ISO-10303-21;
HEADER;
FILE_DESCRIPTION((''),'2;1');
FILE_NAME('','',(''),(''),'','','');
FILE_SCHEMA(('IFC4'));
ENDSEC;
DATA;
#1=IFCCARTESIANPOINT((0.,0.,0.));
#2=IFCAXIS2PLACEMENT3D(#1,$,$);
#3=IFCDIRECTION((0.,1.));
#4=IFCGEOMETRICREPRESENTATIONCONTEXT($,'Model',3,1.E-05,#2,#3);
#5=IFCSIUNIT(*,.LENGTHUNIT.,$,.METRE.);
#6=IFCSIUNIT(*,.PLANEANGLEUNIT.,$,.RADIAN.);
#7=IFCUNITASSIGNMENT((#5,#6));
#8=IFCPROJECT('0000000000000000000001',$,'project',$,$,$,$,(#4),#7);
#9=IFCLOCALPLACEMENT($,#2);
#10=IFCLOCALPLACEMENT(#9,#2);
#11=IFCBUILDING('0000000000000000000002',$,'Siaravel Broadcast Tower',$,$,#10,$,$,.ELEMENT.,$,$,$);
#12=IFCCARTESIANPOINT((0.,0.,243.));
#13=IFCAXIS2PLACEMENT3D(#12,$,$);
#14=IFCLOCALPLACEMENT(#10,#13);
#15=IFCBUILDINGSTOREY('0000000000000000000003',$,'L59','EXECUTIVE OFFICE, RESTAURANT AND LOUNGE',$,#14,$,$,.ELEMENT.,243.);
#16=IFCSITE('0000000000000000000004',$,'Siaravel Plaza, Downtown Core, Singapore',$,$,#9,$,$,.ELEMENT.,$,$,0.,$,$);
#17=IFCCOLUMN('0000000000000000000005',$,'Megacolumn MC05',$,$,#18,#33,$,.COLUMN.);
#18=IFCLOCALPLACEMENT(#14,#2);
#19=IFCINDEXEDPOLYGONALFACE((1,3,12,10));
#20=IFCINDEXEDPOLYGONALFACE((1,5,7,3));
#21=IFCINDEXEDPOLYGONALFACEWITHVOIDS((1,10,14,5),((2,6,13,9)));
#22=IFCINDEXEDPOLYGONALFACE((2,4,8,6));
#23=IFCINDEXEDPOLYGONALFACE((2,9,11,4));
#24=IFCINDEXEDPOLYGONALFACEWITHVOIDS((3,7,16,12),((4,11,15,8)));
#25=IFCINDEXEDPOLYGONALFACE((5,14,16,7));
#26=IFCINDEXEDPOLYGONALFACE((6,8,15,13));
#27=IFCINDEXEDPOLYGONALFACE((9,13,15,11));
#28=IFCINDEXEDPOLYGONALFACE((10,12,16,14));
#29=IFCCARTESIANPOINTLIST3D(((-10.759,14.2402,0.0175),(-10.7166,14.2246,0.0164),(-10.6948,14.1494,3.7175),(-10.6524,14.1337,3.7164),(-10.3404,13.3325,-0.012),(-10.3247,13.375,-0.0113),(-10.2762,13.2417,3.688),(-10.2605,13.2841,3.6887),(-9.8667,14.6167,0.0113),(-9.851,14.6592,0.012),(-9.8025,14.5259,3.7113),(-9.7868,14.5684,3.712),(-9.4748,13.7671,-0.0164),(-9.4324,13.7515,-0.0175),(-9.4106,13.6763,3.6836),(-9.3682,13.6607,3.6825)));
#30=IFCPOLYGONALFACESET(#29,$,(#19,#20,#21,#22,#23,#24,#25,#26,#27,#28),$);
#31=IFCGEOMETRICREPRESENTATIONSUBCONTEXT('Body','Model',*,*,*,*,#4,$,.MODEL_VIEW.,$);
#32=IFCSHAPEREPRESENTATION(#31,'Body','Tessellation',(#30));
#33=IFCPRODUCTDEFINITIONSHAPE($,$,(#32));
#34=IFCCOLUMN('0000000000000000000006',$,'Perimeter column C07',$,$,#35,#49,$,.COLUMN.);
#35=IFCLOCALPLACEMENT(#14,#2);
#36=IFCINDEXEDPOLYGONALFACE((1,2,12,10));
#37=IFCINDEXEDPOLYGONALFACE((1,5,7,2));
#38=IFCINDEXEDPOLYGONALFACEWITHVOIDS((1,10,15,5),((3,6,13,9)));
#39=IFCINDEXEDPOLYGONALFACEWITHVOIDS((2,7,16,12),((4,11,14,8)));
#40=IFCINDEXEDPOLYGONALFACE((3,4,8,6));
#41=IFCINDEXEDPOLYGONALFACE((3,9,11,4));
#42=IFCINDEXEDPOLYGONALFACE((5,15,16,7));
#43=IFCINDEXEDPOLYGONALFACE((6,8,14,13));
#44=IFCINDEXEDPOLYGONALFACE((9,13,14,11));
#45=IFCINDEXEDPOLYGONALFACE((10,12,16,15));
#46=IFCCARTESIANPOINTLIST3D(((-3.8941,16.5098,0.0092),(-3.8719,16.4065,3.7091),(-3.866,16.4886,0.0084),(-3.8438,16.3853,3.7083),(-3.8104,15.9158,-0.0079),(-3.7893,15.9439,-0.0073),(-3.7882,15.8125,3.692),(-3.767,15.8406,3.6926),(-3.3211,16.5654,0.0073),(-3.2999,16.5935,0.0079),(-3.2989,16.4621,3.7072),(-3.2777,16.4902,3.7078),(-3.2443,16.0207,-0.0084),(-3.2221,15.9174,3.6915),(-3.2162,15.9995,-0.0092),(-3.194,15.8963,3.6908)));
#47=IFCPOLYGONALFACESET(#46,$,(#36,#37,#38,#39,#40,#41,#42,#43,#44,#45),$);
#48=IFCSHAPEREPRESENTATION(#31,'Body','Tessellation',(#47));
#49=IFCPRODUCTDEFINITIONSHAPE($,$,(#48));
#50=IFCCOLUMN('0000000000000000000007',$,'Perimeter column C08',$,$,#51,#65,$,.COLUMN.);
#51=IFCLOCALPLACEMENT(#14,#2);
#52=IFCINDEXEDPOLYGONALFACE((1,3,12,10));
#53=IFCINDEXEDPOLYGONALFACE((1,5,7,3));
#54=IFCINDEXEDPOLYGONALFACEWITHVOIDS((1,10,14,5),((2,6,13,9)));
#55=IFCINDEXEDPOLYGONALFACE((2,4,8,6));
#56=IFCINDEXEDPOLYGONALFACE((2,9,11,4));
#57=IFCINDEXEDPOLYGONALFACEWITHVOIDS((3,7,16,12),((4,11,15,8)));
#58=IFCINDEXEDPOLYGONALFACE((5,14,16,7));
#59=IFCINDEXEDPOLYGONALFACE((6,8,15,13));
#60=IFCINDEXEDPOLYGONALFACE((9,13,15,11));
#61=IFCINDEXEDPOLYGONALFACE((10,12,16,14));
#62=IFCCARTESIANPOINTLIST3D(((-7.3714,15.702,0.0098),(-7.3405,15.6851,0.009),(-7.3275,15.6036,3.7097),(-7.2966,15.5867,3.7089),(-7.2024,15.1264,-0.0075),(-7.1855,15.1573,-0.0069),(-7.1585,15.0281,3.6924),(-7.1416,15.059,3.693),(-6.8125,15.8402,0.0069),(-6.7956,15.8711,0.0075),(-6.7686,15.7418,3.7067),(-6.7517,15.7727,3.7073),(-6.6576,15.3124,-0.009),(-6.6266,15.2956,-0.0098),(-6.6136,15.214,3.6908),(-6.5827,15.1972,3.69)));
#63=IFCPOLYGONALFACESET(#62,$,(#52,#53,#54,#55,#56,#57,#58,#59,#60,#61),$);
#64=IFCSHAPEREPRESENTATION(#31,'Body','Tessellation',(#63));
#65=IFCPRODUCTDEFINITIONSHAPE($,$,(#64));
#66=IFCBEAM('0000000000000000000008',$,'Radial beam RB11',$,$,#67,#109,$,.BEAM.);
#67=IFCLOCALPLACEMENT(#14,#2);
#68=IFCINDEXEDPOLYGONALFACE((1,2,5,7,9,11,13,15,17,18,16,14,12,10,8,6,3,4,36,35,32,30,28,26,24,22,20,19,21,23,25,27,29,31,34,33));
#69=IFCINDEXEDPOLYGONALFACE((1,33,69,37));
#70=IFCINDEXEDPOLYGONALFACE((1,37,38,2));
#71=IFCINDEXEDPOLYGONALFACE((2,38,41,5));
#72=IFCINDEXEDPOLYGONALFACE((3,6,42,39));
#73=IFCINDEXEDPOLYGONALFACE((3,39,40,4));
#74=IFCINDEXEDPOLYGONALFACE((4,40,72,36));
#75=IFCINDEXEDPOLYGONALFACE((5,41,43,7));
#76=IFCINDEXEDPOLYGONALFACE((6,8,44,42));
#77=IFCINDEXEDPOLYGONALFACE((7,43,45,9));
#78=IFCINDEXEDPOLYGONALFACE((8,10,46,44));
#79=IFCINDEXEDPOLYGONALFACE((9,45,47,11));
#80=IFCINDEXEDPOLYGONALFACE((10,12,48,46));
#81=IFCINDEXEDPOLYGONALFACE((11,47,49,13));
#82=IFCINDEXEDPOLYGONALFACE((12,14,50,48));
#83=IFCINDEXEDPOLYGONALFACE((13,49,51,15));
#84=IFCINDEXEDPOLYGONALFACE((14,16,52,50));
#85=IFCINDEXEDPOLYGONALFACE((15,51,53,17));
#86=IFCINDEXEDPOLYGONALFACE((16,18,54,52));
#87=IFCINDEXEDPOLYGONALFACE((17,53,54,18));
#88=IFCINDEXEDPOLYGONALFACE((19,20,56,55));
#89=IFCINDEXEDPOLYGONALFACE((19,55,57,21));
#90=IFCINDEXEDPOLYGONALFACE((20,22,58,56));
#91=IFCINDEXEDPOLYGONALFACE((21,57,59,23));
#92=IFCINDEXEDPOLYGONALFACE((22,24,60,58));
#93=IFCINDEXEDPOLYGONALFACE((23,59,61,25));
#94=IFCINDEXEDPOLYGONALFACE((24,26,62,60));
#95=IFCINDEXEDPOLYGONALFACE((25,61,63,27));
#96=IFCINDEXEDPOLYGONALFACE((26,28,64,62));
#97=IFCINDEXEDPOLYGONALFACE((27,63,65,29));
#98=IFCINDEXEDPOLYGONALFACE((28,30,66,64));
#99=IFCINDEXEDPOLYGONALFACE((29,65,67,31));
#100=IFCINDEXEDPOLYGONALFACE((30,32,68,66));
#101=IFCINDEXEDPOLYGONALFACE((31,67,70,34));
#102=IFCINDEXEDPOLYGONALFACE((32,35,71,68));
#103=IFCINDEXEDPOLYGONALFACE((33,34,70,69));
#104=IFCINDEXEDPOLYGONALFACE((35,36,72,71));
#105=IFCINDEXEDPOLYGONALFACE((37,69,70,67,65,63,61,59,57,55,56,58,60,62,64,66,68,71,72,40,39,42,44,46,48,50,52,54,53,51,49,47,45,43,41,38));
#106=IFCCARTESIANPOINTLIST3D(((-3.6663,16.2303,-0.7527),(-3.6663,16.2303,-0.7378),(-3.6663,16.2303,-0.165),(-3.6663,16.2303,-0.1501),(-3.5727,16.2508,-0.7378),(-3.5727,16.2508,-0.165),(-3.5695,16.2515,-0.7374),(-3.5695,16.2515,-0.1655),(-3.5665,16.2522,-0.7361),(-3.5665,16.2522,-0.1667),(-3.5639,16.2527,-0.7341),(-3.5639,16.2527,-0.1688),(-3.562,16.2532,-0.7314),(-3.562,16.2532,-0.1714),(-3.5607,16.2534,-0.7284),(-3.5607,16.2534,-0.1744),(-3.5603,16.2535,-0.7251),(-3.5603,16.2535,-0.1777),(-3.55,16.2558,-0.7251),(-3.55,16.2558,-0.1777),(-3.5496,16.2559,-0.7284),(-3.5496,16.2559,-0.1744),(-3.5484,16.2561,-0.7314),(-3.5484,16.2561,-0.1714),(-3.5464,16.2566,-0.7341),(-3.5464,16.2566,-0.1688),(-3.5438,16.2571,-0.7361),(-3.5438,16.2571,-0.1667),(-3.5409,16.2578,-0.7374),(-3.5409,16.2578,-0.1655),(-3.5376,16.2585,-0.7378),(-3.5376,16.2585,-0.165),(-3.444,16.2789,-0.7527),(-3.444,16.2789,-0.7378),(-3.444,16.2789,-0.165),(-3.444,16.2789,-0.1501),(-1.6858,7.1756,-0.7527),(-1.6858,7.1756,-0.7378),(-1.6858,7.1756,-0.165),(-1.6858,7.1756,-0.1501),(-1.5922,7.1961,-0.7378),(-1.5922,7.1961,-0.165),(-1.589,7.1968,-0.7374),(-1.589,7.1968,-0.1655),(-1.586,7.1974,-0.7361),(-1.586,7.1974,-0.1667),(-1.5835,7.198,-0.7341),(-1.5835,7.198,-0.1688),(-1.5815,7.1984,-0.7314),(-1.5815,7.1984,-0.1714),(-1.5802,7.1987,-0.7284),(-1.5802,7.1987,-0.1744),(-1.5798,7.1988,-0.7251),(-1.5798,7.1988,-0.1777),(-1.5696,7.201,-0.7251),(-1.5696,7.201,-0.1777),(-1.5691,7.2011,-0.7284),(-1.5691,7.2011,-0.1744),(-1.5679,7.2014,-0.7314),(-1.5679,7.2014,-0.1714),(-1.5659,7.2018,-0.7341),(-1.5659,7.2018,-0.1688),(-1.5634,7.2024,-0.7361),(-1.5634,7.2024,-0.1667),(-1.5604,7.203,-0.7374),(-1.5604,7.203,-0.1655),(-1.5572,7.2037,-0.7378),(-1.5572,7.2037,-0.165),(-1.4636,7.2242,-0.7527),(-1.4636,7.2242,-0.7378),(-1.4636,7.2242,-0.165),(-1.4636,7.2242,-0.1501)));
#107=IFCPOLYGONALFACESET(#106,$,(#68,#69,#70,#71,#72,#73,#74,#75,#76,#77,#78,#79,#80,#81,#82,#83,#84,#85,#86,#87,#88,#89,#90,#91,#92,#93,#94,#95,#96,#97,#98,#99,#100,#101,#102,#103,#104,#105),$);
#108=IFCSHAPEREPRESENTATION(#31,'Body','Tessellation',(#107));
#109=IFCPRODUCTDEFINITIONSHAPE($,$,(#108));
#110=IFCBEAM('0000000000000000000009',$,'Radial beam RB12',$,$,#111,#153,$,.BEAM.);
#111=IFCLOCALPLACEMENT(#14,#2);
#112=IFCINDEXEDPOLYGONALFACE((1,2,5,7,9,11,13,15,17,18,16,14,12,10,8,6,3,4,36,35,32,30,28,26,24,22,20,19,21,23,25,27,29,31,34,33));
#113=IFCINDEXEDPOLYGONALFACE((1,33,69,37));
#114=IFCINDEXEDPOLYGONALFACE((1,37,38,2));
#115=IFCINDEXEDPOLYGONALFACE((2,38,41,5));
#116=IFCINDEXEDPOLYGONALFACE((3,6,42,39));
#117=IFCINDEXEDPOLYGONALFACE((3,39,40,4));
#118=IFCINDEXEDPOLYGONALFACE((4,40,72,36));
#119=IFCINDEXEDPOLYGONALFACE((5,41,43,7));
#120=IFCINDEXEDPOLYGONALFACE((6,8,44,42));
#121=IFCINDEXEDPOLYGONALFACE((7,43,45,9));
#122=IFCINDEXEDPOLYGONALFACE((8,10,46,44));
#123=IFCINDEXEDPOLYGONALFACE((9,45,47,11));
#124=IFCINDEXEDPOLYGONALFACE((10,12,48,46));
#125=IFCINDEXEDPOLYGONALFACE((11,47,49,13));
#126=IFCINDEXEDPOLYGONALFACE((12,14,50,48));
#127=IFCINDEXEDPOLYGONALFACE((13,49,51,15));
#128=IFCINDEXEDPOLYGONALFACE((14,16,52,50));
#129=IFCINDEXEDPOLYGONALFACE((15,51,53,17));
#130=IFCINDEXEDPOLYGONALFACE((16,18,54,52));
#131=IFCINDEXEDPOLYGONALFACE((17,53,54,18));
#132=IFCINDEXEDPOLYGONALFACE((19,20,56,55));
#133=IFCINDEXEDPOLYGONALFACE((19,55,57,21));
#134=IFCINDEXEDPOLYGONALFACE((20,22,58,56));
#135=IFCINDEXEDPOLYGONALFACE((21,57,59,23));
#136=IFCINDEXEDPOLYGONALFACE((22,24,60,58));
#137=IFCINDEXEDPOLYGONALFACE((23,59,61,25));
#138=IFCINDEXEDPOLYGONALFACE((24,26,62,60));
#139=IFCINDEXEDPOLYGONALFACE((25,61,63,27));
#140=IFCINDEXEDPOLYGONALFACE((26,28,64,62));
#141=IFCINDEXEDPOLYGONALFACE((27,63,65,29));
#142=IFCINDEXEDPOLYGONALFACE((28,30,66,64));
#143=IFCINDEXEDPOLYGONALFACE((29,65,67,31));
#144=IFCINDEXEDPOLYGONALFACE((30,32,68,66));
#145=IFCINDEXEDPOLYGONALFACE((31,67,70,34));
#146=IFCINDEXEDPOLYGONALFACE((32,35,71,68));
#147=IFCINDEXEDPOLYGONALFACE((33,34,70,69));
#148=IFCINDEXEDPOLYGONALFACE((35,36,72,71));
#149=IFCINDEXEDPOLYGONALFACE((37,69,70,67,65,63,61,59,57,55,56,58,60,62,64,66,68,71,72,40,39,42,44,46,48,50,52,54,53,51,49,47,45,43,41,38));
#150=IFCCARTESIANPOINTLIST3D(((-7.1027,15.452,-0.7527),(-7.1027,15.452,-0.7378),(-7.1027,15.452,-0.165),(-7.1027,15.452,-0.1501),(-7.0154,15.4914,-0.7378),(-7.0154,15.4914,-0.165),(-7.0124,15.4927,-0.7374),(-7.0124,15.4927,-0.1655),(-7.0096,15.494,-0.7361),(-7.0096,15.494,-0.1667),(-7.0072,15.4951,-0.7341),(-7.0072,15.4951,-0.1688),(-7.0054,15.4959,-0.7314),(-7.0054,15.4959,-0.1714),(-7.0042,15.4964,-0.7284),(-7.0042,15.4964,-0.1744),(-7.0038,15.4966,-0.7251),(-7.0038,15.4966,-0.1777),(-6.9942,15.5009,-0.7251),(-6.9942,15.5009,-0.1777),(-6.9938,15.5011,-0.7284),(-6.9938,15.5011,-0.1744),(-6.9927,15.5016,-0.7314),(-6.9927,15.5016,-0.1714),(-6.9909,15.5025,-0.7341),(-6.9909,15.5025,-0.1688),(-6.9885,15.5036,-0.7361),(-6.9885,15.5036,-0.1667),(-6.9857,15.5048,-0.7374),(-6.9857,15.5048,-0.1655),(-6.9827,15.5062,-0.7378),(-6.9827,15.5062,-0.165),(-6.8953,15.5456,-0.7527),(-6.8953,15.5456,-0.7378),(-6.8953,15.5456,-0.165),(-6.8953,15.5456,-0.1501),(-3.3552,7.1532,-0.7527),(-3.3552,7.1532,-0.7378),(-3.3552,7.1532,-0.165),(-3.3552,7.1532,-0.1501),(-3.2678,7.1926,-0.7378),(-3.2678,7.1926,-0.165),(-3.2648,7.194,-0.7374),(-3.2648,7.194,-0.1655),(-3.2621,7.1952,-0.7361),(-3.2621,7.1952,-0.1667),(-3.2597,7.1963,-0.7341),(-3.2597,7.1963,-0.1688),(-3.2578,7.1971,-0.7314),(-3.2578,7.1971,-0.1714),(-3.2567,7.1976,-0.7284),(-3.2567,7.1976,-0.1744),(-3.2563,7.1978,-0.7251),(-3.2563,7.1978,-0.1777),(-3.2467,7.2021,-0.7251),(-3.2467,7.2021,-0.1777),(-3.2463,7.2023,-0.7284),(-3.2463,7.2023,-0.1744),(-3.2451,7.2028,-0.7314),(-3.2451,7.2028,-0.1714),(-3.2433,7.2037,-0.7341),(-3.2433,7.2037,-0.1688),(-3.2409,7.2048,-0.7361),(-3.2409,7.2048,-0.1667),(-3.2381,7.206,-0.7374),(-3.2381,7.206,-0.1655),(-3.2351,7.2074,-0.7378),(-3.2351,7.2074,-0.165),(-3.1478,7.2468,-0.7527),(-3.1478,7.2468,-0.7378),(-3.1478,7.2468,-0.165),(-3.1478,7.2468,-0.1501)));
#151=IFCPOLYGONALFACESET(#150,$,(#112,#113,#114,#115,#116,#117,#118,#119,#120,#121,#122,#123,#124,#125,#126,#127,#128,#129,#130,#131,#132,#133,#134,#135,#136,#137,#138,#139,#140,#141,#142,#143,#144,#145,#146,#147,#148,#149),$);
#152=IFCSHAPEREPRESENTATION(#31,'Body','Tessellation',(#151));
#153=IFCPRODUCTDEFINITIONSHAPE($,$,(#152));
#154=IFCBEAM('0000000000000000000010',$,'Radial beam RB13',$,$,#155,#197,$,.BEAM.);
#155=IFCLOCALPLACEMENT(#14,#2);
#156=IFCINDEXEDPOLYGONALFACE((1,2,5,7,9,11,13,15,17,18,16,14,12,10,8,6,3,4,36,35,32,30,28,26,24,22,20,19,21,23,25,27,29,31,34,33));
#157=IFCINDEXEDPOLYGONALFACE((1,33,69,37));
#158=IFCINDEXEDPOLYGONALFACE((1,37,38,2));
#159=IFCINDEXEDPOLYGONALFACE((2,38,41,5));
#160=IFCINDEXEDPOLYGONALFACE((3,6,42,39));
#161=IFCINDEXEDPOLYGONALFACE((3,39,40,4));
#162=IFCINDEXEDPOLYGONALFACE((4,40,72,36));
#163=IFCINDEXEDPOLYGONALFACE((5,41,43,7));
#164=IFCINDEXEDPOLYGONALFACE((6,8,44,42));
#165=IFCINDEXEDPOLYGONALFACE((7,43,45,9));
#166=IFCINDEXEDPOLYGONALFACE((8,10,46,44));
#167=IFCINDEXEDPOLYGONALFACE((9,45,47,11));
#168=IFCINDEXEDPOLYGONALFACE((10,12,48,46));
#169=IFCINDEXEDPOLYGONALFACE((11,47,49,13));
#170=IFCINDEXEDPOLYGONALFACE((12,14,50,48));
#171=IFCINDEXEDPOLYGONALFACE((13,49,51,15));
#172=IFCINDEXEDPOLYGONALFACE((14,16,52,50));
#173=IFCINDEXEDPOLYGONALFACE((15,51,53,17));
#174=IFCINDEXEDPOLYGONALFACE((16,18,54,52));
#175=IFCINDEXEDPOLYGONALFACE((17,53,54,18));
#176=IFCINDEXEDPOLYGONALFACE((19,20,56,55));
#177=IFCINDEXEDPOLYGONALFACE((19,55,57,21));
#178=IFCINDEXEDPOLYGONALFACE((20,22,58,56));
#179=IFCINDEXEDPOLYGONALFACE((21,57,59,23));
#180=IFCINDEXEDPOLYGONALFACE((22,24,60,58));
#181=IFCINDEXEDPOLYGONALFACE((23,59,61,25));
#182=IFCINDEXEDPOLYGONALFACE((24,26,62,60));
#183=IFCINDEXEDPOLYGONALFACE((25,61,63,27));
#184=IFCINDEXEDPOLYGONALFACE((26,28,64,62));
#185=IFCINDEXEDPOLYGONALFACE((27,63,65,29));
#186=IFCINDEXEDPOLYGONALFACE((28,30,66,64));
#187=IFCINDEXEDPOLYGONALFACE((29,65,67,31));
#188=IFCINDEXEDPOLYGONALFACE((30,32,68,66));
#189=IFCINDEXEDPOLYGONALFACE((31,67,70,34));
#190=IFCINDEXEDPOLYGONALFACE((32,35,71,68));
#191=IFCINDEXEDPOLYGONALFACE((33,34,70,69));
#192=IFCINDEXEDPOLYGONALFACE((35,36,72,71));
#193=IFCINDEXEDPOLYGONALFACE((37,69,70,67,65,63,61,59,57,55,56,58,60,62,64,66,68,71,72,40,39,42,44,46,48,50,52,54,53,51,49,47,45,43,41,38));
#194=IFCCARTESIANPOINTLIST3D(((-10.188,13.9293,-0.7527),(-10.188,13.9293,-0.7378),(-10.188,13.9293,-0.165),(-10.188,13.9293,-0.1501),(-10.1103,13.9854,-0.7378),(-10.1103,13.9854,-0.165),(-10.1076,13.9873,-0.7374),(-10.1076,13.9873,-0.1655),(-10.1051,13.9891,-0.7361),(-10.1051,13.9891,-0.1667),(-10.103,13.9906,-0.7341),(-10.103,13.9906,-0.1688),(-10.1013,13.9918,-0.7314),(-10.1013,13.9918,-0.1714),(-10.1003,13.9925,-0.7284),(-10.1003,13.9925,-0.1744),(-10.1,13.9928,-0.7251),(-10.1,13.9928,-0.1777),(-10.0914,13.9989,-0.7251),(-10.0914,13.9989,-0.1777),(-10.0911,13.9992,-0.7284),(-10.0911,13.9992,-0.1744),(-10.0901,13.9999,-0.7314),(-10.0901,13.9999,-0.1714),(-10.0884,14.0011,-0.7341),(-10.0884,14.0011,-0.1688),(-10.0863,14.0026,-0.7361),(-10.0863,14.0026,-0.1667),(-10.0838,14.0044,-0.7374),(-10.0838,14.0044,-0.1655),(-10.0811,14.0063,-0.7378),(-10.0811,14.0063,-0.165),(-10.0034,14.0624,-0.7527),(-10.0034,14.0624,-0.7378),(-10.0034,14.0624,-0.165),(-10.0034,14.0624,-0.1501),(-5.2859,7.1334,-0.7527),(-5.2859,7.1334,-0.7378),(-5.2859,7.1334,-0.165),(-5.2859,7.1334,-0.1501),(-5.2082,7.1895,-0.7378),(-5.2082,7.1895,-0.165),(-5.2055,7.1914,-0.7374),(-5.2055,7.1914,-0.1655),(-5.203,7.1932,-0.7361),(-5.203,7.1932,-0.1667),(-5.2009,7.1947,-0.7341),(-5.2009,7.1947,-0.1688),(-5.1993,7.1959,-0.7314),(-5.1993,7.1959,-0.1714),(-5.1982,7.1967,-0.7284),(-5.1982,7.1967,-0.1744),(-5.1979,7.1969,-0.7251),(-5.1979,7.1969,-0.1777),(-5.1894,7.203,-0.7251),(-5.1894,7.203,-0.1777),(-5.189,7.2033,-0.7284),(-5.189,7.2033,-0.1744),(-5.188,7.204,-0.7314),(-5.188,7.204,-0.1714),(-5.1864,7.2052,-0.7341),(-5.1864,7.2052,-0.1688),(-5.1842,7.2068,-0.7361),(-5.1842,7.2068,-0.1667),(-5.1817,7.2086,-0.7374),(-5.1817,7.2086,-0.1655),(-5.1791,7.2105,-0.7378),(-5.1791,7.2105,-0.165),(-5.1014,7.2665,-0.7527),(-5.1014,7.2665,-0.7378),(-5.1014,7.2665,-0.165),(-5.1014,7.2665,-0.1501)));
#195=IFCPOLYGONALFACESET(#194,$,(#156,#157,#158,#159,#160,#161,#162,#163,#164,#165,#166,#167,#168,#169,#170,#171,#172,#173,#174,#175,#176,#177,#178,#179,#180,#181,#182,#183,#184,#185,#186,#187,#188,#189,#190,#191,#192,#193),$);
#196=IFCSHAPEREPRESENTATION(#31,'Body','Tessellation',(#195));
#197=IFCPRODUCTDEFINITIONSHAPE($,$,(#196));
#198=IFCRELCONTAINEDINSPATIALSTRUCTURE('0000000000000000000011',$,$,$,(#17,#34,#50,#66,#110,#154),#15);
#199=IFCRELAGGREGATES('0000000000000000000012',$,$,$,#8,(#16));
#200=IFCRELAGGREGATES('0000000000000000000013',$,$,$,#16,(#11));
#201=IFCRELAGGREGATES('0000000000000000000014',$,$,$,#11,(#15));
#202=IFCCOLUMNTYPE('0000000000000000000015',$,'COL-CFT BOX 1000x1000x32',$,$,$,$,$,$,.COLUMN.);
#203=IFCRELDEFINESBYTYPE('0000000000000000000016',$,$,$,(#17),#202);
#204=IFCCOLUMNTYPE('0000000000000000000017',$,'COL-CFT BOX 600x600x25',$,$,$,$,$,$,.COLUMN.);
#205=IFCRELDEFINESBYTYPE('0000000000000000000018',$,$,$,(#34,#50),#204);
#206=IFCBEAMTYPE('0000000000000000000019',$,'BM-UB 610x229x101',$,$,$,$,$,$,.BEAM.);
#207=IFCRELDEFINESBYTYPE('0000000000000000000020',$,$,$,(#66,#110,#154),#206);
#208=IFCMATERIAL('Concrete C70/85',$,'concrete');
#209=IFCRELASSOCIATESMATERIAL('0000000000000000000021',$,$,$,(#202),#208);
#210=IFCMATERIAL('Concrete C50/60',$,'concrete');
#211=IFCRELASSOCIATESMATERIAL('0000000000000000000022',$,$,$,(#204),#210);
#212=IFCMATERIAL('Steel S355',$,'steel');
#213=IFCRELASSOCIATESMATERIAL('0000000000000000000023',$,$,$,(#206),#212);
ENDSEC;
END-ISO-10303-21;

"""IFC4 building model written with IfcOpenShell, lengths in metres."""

from ifc_helpers import new_model, si_unit, direction, frame, origin, origin_2d, place, context, subcontext, project, spatial, hollow_rectangle, i_section, extrude, material, material_profile, profile_set, type_object, element, save


model = new_model("IFC4")

# Units and contexts
model_context = context("Model", 3, precision=1e-05, world=origin(), true_north=direction((0.0, 1.0)))
body_context = subcontext(model_context, "Body", "Model", "MODEL_VIEW")
ifc_project = project(units=[si_unit("LENGTHUNIT", "METRE"), si_unit("PLANEANGLEUNIT", "RADIAN")], contexts=[model_context])

# Site, building, storey
site_placement = place(None, origin())
site = spatial("IfcSite", under=ifc_project, at=site_placement, Name="Siaravel Plaza, Downtown Core, Singapore", CompositionType="ELEMENT", RefElevation=0.0)
building_placement = place(site_placement, origin())
building = spatial("IfcBuilding", under=site, at=building_placement, Name="Siaravel Broadcast Tower", CompositionType="ELEMENT")
storey_placement = place(building_placement, frame((0.0, 0.0, 243.0)))
storey = spatial("IfcBuildingStorey", under=building, at=storey_placement, Name="L59", Description="EXECUTIVE OFFICE, RESTAURANT AND LOUNGE", CompositionType="ELEMENT", Elevation=243.0)

# Columns
ifc_material_1 = material(Name="Concrete C70/85", Category="concrete")
ifc_material_profile_1 = material_profile(ifc_material_1, hollow_rectangle(XDim=1.0, YDim=1.0, WallThickness=0.032, at=origin_2d()))
ifc_profile_set_1 = profile_set([ifc_material_profile_1], Name="Concrete C70/85")
column_type_1 = type_object("IfcColumnType", Name="COL-CFT BOX 1000x1000x32", PredefinedType="COLUMN", material=ifc_profile_set_1)
column_placement = place(storey_placement, frame((-10.0957, 13.9958, 0.0), z_axis=(0.017346, -0.024535, 0.999548), x_axis=(0.907979, 0.418979, -0.005473)))
element("IfcColumn", 1, at=column_placement, inside=storey, type_object=column_type_1, Name="Megacolumn MC05", PredefinedType="COLUMN", context=body_context, shape_type="SweptSolid", body=[
    extrude(hollow_rectangle(XDim=1.0, YDim=1.0, WallThickness=0.032, at=origin_2d()), origin(), (0.0, 0.0, 1.0), 3.7017),
])
ifc_material_2 = material(Name="Concrete C50/60", Category="concrete")
ifc_material_profile_2 = material_profile(ifc_material_2, hollow_rectangle(XDim=0.6001, YDim=0.6001, WallThickness=0.0249, at=origin_2d()))
ifc_profile_set_2 = profile_set([ifc_material_profile_2], Name="Concrete C50/60")
column_type_2 = type_object("IfcColumnType", Name="COL-CFT BOX 600x600x25", PredefinedType="COLUMN", material=ifc_profile_set_2)
for number, where, z_axis, x_axis, name in (
    (2, (-3.5552, 16.2546, 0.0), (0.006002, -0.0279, 0.999593), (0.990208, 0.139582, -0.00205), "Perimeter column C07"),
    (3, (-6.999, 15.4988, 0.0), (0.011872, -0.026581, 0.999576), (0.959459, 0.281823, -0.003902), "Perimeter column C08"),
):
    element("IfcColumn", number, at=place(storey_placement, frame(where, z_axis=z_axis, x_axis=x_axis)), inside=storey, type_object=column_type_2, Name=name, PredefinedType="COLUMN", context=body_context, shape_type="SweptSolid", body=[
        extrude(hollow_rectangle(XDim=0.6001, YDim=0.6001, WallThickness=0.0249, at=origin_2d()), origin(), (0.0, 0.0, 1.0), 3.7014),
    ])

# Beams
ifc_material_3 = material(Name="Steel S355", Category="steel")
ifc_material_profile_3 = material_profile(ifc_material_3, i_section(OverallWidth=0.2275, OverallDepth=0.6025, WebThickness=0.0105, FlangeThickness=0.0149, FilletRadius=0.0127, at=origin_2d()))
ifc_profile_set_3 = profile_set([ifc_material_profile_3], Name="Steel S355")
beam_type = type_object("IfcBeamType", Name="BM-UB 610x229x101", PredefinedType="BEAM", material=ifc_profile_set_3)
beam_1_placement = place(storey_placement, frame((-3.5552, 16.2546, -0.4514), z_axis=(0.213672, -0.976906, 0.0), x_axis=(0.976906, 0.213672, 0.0)))
element("IfcBeam", 4, at=beam_1_placement, inside=storey, type_object=beam_type, Name="Radial beam RB11", PredefinedType="BEAM", context=body_context, shape_type="SweptSolid", body=[
    extrude(i_section(OverallWidth=0.2275, OverallDepth=0.6025, WebThickness=0.0105, FlangeThickness=0.0149, FilletRadius=0.0127, at=origin_2d()), origin(), (0.0, 0.0, 1.0), 9.2688),
])
beam_2_placement = place(storey_placement, frame((-6.999, 15.4988, -0.4514), z_axis=(0.411559, -0.911383, 0.0), x_axis=(0.911383, 0.411559, 0.0)))
element("IfcBeam", 5, at=beam_2_placement, inside=storey, type_object=beam_type, Name="Radial beam RB12", PredefinedType="BEAM", context=body_context, shape_type="SweptSolid", body=[
    extrude(i_section(OverallWidth=0.2275, OverallDepth=0.6025, WebThickness=0.0105, FlangeThickness=0.0149, FilletRadius=0.0127, at=origin_2d()), origin(), (0.0, 0.0, 1.0), 9.1057),
])
beam_3_placement = place(storey_placement, frame((-10.0957, 13.9958, -0.4514), z_axis=(0.585016, -0.811022, 0.0), x_axis=(0.811022, 0.585016, 0.0)))
element("IfcBeam", 6, at=beam_3_placement, inside=storey, type_object=beam_type, Name="Radial beam RB13", PredefinedType="BEAM", context=body_context, shape_type="SweptSolid", body=[
    extrude(i_section(OverallWidth=0.2275, OverallDepth=0.6025, WebThickness=0.0105, FlangeThickness=0.0149, FilletRadius=0.0127, at=origin_2d()), origin(), (0.0, 0.0, 1.0), 8.3794),
])

save(model, "model.ifc")
